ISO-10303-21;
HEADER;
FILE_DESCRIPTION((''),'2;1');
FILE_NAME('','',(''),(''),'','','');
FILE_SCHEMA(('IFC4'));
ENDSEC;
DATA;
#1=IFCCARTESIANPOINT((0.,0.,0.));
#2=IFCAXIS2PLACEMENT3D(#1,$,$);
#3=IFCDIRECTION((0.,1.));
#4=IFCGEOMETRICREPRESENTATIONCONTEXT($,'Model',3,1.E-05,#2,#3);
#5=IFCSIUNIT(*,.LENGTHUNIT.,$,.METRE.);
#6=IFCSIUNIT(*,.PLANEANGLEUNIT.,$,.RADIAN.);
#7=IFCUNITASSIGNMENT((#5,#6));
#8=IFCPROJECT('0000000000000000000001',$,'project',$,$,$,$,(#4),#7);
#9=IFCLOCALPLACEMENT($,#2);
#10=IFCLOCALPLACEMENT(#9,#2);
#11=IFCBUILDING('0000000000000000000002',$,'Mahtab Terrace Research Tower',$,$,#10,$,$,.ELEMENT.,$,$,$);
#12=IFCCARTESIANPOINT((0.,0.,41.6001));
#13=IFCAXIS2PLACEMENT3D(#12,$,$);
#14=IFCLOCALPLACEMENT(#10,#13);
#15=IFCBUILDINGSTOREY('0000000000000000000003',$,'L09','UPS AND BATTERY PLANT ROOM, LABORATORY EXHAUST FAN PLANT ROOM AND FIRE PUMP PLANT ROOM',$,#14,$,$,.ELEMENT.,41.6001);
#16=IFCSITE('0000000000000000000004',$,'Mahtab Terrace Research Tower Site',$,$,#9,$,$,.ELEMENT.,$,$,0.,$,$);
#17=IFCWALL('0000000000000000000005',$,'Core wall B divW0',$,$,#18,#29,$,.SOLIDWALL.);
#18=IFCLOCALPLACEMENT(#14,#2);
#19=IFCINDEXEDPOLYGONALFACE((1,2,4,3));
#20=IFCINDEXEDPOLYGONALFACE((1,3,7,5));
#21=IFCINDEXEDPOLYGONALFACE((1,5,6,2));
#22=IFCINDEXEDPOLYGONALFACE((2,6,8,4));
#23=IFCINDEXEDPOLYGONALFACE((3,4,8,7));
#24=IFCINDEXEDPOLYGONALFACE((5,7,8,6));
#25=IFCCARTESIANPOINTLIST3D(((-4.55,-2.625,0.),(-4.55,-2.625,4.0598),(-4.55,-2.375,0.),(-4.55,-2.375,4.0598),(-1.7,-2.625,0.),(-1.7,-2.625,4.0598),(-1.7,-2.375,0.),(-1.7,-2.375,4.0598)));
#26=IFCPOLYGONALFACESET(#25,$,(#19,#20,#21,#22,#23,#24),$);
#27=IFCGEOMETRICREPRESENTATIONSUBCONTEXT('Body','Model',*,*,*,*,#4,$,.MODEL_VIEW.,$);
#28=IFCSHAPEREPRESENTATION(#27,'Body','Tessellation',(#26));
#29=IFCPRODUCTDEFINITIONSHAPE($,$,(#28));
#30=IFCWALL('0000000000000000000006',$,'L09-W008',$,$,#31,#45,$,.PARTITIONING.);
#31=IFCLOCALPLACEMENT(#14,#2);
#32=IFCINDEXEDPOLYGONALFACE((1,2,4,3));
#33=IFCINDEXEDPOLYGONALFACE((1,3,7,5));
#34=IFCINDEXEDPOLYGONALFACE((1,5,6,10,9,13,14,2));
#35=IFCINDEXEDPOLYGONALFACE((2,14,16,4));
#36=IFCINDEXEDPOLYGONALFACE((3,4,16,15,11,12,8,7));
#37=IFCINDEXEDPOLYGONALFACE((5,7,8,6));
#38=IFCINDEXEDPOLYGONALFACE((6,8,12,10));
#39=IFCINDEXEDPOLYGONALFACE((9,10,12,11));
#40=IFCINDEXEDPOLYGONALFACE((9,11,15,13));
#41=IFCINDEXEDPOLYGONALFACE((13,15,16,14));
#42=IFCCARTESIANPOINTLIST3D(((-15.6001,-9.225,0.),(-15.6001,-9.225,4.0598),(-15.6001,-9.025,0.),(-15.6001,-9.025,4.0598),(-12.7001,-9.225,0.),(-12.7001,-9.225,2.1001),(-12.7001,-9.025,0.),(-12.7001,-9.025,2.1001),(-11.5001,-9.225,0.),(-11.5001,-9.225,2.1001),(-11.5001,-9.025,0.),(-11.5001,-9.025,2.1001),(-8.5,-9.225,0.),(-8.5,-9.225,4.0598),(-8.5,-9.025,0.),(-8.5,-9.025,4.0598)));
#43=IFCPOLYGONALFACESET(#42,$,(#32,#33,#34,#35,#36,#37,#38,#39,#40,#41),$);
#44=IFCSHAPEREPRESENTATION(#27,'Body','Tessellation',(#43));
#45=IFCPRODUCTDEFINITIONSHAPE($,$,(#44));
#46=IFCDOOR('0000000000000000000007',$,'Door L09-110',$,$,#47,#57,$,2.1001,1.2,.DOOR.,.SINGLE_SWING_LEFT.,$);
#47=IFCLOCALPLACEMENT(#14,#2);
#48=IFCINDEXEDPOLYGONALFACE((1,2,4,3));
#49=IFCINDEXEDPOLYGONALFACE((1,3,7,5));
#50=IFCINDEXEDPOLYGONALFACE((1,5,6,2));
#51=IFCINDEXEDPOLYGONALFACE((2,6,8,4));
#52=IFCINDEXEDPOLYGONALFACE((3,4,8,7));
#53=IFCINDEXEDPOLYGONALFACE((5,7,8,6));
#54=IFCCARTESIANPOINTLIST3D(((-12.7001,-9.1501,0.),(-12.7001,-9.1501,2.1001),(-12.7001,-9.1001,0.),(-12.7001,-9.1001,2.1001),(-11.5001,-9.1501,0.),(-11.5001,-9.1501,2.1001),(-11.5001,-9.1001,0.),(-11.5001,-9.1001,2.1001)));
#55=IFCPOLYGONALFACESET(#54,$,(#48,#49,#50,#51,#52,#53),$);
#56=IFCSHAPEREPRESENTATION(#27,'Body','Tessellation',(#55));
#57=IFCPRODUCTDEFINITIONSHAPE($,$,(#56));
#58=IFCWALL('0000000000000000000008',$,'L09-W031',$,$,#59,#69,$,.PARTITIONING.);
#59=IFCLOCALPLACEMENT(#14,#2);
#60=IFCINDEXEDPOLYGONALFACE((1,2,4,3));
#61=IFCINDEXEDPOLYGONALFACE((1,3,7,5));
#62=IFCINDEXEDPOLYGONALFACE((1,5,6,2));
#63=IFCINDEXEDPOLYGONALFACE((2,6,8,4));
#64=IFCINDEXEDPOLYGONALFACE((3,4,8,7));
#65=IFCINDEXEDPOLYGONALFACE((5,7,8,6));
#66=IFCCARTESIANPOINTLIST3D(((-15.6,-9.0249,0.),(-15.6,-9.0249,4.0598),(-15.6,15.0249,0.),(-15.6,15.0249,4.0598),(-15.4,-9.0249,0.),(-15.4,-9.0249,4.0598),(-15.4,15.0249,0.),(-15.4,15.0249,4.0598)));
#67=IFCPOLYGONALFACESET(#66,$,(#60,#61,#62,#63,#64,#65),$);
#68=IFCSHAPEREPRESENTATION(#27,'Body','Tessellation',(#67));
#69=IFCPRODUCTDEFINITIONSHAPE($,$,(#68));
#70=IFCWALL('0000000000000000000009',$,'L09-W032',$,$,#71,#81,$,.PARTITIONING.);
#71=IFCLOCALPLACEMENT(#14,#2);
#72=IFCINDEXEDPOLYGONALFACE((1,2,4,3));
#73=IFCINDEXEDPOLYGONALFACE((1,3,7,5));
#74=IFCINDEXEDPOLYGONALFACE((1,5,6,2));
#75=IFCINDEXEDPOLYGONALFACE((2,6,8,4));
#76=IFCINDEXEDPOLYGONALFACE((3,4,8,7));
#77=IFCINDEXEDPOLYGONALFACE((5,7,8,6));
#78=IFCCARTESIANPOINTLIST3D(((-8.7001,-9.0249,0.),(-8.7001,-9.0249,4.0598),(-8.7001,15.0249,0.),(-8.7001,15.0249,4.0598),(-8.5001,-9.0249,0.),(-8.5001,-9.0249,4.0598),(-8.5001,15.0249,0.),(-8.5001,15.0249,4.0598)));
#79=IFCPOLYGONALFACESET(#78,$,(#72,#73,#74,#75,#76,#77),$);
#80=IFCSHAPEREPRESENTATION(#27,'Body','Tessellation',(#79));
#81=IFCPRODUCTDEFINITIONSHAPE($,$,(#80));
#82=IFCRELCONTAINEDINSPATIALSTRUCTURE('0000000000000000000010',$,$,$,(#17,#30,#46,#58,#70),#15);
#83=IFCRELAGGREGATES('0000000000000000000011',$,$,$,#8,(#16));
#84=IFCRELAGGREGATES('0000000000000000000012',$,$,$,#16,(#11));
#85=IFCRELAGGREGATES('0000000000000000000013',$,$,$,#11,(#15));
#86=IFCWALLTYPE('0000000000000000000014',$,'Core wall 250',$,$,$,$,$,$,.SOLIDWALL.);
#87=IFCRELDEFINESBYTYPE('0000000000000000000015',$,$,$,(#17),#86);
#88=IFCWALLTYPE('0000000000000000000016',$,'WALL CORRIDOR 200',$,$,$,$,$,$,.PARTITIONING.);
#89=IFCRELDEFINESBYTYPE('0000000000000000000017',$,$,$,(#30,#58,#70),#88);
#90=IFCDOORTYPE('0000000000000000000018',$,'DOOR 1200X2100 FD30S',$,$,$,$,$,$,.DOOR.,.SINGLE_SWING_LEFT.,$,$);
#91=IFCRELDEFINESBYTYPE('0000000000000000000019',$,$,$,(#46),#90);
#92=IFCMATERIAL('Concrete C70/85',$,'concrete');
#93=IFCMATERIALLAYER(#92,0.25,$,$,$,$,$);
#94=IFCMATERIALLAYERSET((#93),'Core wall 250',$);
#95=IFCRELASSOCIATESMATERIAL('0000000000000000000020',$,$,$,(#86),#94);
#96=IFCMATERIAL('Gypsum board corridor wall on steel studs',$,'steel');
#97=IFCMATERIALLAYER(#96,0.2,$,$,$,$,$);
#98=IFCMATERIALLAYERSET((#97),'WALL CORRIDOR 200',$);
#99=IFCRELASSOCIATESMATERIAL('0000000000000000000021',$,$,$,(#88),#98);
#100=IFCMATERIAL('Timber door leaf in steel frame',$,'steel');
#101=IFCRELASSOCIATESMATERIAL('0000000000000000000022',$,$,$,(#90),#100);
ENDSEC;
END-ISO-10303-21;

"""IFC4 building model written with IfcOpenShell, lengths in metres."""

from ifc_helpers import new_model, si_unit, direction, frame, frame_2d, origin, place, context, subcontext, project, spatial, rectangle, extrude, material, layer, layer_set, type_object, element, fill, save


model = new_model("IFC4")

# Units and contexts
model_context = context("Model", 3, precision=1e-05, world=origin(), true_north=direction((0.0, 1.0)))
body_context = subcontext(model_context, "Body", "Model", "MODEL_VIEW")
ifc_project = project(units=[si_unit("LENGTHUNIT", "METRE"), si_unit("PLANEANGLEUNIT", "RADIAN")], contexts=[model_context])

# Site, building, storey
site_placement = place(None, origin())
site = spatial("IfcSite", under=ifc_project, at=site_placement, Name="Mahtab Terrace Research Tower Site", CompositionType="ELEMENT", RefElevation=0.0)
building_placement = place(site_placement, origin())
building = spatial("IfcBuilding", under=site, at=building_placement, Name="Mahtab Terrace Research Tower", CompositionType="ELEMENT")
storey_placement = place(building_placement, frame((0.0, 0.0, 41.6001)))
storey = spatial("IfcBuildingStorey", under=building, at=storey_placement, Name="L09", Description="UPS AND BATTERY PLANT ROOM, LABORATORY EXHAUST FAN PLANT ROOM AND FIRE PUMP PLANT ROOM", CompositionType="ELEMENT", Elevation=41.6001)

# Shared definitions
ifc_material_1 = material(Name="Concrete C70/85", Category="concrete")

# Shared definitions
ifc_layer_1 = layer(ifc_material_1, 0.25)
ifc_layer_set_1 = layer_set([ifc_layer_1], Name="Core wall 250")
wall_type_1 = type_object("IfcWallType", Name="Core wall 250", PredefinedType="SOLIDWALL", material=ifc_layer_set_1)

# Wall
wall_1_placement = place(storey_placement, frame((-4.55, -2.5, 0.0), z_axis=(0.0, 0.0, 1.0), x_axis=(1.0, 0.0, 0.0)))
element("IfcWall", 1, at=wall_1_placement, inside=storey, type_object=wall_type_1, Name="Core wall B divW0", PredefinedType="SOLIDWALL", context=body_context, shape_type="SweptSolid", body=[
    extrude(rectangle(XDim=2.8501, YDim=0.25, at=frame_2d((1.425, 0.0))), origin(), (0.0, 0.0, 1.0), 4.0598),
])

# Wall, opening, door
ifc_material_2 = material(Name="Gypsum board corridor wall on steel studs", Category="steel")
ifc_layer_2 = layer(ifc_material_2, 0.2)
ifc_layer_set_2 = layer_set([ifc_layer_2], Name="WALL CORRIDOR 200")
wall_type_2 = type_object("IfcWallType", Name="WALL CORRIDOR 200", PredefinedType="PARTITIONING", material=ifc_layer_set_2)
wall_2_placement = place(storey_placement, frame((-15.6001, -9.125, 0.0), z_axis=(0.0, 0.0, 1.0), x_axis=(1.0, 0.0, 0.0)))
wall_2 = element("IfcWall", 2, at=wall_2_placement, inside=storey, type_object=wall_type_2, Name="L09-W008", PredefinedType="PARTITIONING", context=body_context, shape_type="SweptSolid", body=[
    extrude(rectangle(XDim=7.1001, YDim=0.2, at=frame_2d((3.55, 0.0))), origin(), (0.0, 0.0, 1.0), 4.0598),
])
opening_1_placement = place(wall_2_placement, frame((2.8999, 0.0, 0.0)))
opening_1 = element("IfcOpeningElement", 3, at=opening_1_placement, cuts=wall_2, PredefinedType="OPENING", context=body_context, shape_type="SweptSolid", body=[
    extrude(rectangle(XDim=1.2, YDim=2.1001, at=frame_2d((0.6001, 1.05))), frame((0.0, 0.1099, 0.0), z_axis=(0.0, -1.0, 0.0), x_axis=(1.0, 0.0, 0.0)), (0.0, 0.0, 1.0), 0.22),
])
ifc_material_3 = material(Name="Timber door leaf in steel frame", Category="steel")
door_type_1 = type_object("IfcDoorType", Name="DOOR 1200X2100 FD30S", OperationType="SINGLE_SWING_LEFT", PredefinedType="DOOR", material=ifc_material_3)
door_1_placement = place(opening_1_placement, origin())
door_1 = element("IfcDoor", 4, at=door_1_placement, inside=storey, type_object=door_type_1, Name="Door L09-110", OperationType="SINGLE_SWING_LEFT", OverallHeight=2.1001, OverallWidth=1.2, PredefinedType="DOOR", context=body_context, shape_type="SweptSolid", body=[
    extrude(rectangle(XDim=1.2, YDim=2.1001, at=frame_2d((0.6001, 1.05))), frame((0.0, 0.0249, 0.0), z_axis=(0.0, -1.0, 0.0), x_axis=(1.0, 0.0, 0.0)), (0.0, 0.0, 1.0), 0.05),
])
fill(opening_1, door_1)

# Walls
for number, where, z_axis, x_axis, name in (
    (5, (-15.5, -9.0249, 0.0), (0.0, 0.0, 1.0), (0.0, 1.0, 0.0), "L09-W031"),
    (6, (-8.6001, -9.0249, 0.0), (0.0, 0.0, 1.0), (0.0, 1.0, 0.0), "L09-W032"),
):
    element("IfcWall", number, at=place(storey_placement, frame(where, z_axis=z_axis, x_axis=x_axis)), inside=storey, type_object=wall_type_2, Name=name, PredefinedType="PARTITIONING", context=body_context, shape_type="SweptSolid", body=[
        extrude(rectangle(XDim=24.0498, YDim=0.2, at=frame_2d((12.0249, 0.0))), origin(), (0.0, 0.0, 1.0), 4.0598),
    ])

save(model, "model.ifc")
